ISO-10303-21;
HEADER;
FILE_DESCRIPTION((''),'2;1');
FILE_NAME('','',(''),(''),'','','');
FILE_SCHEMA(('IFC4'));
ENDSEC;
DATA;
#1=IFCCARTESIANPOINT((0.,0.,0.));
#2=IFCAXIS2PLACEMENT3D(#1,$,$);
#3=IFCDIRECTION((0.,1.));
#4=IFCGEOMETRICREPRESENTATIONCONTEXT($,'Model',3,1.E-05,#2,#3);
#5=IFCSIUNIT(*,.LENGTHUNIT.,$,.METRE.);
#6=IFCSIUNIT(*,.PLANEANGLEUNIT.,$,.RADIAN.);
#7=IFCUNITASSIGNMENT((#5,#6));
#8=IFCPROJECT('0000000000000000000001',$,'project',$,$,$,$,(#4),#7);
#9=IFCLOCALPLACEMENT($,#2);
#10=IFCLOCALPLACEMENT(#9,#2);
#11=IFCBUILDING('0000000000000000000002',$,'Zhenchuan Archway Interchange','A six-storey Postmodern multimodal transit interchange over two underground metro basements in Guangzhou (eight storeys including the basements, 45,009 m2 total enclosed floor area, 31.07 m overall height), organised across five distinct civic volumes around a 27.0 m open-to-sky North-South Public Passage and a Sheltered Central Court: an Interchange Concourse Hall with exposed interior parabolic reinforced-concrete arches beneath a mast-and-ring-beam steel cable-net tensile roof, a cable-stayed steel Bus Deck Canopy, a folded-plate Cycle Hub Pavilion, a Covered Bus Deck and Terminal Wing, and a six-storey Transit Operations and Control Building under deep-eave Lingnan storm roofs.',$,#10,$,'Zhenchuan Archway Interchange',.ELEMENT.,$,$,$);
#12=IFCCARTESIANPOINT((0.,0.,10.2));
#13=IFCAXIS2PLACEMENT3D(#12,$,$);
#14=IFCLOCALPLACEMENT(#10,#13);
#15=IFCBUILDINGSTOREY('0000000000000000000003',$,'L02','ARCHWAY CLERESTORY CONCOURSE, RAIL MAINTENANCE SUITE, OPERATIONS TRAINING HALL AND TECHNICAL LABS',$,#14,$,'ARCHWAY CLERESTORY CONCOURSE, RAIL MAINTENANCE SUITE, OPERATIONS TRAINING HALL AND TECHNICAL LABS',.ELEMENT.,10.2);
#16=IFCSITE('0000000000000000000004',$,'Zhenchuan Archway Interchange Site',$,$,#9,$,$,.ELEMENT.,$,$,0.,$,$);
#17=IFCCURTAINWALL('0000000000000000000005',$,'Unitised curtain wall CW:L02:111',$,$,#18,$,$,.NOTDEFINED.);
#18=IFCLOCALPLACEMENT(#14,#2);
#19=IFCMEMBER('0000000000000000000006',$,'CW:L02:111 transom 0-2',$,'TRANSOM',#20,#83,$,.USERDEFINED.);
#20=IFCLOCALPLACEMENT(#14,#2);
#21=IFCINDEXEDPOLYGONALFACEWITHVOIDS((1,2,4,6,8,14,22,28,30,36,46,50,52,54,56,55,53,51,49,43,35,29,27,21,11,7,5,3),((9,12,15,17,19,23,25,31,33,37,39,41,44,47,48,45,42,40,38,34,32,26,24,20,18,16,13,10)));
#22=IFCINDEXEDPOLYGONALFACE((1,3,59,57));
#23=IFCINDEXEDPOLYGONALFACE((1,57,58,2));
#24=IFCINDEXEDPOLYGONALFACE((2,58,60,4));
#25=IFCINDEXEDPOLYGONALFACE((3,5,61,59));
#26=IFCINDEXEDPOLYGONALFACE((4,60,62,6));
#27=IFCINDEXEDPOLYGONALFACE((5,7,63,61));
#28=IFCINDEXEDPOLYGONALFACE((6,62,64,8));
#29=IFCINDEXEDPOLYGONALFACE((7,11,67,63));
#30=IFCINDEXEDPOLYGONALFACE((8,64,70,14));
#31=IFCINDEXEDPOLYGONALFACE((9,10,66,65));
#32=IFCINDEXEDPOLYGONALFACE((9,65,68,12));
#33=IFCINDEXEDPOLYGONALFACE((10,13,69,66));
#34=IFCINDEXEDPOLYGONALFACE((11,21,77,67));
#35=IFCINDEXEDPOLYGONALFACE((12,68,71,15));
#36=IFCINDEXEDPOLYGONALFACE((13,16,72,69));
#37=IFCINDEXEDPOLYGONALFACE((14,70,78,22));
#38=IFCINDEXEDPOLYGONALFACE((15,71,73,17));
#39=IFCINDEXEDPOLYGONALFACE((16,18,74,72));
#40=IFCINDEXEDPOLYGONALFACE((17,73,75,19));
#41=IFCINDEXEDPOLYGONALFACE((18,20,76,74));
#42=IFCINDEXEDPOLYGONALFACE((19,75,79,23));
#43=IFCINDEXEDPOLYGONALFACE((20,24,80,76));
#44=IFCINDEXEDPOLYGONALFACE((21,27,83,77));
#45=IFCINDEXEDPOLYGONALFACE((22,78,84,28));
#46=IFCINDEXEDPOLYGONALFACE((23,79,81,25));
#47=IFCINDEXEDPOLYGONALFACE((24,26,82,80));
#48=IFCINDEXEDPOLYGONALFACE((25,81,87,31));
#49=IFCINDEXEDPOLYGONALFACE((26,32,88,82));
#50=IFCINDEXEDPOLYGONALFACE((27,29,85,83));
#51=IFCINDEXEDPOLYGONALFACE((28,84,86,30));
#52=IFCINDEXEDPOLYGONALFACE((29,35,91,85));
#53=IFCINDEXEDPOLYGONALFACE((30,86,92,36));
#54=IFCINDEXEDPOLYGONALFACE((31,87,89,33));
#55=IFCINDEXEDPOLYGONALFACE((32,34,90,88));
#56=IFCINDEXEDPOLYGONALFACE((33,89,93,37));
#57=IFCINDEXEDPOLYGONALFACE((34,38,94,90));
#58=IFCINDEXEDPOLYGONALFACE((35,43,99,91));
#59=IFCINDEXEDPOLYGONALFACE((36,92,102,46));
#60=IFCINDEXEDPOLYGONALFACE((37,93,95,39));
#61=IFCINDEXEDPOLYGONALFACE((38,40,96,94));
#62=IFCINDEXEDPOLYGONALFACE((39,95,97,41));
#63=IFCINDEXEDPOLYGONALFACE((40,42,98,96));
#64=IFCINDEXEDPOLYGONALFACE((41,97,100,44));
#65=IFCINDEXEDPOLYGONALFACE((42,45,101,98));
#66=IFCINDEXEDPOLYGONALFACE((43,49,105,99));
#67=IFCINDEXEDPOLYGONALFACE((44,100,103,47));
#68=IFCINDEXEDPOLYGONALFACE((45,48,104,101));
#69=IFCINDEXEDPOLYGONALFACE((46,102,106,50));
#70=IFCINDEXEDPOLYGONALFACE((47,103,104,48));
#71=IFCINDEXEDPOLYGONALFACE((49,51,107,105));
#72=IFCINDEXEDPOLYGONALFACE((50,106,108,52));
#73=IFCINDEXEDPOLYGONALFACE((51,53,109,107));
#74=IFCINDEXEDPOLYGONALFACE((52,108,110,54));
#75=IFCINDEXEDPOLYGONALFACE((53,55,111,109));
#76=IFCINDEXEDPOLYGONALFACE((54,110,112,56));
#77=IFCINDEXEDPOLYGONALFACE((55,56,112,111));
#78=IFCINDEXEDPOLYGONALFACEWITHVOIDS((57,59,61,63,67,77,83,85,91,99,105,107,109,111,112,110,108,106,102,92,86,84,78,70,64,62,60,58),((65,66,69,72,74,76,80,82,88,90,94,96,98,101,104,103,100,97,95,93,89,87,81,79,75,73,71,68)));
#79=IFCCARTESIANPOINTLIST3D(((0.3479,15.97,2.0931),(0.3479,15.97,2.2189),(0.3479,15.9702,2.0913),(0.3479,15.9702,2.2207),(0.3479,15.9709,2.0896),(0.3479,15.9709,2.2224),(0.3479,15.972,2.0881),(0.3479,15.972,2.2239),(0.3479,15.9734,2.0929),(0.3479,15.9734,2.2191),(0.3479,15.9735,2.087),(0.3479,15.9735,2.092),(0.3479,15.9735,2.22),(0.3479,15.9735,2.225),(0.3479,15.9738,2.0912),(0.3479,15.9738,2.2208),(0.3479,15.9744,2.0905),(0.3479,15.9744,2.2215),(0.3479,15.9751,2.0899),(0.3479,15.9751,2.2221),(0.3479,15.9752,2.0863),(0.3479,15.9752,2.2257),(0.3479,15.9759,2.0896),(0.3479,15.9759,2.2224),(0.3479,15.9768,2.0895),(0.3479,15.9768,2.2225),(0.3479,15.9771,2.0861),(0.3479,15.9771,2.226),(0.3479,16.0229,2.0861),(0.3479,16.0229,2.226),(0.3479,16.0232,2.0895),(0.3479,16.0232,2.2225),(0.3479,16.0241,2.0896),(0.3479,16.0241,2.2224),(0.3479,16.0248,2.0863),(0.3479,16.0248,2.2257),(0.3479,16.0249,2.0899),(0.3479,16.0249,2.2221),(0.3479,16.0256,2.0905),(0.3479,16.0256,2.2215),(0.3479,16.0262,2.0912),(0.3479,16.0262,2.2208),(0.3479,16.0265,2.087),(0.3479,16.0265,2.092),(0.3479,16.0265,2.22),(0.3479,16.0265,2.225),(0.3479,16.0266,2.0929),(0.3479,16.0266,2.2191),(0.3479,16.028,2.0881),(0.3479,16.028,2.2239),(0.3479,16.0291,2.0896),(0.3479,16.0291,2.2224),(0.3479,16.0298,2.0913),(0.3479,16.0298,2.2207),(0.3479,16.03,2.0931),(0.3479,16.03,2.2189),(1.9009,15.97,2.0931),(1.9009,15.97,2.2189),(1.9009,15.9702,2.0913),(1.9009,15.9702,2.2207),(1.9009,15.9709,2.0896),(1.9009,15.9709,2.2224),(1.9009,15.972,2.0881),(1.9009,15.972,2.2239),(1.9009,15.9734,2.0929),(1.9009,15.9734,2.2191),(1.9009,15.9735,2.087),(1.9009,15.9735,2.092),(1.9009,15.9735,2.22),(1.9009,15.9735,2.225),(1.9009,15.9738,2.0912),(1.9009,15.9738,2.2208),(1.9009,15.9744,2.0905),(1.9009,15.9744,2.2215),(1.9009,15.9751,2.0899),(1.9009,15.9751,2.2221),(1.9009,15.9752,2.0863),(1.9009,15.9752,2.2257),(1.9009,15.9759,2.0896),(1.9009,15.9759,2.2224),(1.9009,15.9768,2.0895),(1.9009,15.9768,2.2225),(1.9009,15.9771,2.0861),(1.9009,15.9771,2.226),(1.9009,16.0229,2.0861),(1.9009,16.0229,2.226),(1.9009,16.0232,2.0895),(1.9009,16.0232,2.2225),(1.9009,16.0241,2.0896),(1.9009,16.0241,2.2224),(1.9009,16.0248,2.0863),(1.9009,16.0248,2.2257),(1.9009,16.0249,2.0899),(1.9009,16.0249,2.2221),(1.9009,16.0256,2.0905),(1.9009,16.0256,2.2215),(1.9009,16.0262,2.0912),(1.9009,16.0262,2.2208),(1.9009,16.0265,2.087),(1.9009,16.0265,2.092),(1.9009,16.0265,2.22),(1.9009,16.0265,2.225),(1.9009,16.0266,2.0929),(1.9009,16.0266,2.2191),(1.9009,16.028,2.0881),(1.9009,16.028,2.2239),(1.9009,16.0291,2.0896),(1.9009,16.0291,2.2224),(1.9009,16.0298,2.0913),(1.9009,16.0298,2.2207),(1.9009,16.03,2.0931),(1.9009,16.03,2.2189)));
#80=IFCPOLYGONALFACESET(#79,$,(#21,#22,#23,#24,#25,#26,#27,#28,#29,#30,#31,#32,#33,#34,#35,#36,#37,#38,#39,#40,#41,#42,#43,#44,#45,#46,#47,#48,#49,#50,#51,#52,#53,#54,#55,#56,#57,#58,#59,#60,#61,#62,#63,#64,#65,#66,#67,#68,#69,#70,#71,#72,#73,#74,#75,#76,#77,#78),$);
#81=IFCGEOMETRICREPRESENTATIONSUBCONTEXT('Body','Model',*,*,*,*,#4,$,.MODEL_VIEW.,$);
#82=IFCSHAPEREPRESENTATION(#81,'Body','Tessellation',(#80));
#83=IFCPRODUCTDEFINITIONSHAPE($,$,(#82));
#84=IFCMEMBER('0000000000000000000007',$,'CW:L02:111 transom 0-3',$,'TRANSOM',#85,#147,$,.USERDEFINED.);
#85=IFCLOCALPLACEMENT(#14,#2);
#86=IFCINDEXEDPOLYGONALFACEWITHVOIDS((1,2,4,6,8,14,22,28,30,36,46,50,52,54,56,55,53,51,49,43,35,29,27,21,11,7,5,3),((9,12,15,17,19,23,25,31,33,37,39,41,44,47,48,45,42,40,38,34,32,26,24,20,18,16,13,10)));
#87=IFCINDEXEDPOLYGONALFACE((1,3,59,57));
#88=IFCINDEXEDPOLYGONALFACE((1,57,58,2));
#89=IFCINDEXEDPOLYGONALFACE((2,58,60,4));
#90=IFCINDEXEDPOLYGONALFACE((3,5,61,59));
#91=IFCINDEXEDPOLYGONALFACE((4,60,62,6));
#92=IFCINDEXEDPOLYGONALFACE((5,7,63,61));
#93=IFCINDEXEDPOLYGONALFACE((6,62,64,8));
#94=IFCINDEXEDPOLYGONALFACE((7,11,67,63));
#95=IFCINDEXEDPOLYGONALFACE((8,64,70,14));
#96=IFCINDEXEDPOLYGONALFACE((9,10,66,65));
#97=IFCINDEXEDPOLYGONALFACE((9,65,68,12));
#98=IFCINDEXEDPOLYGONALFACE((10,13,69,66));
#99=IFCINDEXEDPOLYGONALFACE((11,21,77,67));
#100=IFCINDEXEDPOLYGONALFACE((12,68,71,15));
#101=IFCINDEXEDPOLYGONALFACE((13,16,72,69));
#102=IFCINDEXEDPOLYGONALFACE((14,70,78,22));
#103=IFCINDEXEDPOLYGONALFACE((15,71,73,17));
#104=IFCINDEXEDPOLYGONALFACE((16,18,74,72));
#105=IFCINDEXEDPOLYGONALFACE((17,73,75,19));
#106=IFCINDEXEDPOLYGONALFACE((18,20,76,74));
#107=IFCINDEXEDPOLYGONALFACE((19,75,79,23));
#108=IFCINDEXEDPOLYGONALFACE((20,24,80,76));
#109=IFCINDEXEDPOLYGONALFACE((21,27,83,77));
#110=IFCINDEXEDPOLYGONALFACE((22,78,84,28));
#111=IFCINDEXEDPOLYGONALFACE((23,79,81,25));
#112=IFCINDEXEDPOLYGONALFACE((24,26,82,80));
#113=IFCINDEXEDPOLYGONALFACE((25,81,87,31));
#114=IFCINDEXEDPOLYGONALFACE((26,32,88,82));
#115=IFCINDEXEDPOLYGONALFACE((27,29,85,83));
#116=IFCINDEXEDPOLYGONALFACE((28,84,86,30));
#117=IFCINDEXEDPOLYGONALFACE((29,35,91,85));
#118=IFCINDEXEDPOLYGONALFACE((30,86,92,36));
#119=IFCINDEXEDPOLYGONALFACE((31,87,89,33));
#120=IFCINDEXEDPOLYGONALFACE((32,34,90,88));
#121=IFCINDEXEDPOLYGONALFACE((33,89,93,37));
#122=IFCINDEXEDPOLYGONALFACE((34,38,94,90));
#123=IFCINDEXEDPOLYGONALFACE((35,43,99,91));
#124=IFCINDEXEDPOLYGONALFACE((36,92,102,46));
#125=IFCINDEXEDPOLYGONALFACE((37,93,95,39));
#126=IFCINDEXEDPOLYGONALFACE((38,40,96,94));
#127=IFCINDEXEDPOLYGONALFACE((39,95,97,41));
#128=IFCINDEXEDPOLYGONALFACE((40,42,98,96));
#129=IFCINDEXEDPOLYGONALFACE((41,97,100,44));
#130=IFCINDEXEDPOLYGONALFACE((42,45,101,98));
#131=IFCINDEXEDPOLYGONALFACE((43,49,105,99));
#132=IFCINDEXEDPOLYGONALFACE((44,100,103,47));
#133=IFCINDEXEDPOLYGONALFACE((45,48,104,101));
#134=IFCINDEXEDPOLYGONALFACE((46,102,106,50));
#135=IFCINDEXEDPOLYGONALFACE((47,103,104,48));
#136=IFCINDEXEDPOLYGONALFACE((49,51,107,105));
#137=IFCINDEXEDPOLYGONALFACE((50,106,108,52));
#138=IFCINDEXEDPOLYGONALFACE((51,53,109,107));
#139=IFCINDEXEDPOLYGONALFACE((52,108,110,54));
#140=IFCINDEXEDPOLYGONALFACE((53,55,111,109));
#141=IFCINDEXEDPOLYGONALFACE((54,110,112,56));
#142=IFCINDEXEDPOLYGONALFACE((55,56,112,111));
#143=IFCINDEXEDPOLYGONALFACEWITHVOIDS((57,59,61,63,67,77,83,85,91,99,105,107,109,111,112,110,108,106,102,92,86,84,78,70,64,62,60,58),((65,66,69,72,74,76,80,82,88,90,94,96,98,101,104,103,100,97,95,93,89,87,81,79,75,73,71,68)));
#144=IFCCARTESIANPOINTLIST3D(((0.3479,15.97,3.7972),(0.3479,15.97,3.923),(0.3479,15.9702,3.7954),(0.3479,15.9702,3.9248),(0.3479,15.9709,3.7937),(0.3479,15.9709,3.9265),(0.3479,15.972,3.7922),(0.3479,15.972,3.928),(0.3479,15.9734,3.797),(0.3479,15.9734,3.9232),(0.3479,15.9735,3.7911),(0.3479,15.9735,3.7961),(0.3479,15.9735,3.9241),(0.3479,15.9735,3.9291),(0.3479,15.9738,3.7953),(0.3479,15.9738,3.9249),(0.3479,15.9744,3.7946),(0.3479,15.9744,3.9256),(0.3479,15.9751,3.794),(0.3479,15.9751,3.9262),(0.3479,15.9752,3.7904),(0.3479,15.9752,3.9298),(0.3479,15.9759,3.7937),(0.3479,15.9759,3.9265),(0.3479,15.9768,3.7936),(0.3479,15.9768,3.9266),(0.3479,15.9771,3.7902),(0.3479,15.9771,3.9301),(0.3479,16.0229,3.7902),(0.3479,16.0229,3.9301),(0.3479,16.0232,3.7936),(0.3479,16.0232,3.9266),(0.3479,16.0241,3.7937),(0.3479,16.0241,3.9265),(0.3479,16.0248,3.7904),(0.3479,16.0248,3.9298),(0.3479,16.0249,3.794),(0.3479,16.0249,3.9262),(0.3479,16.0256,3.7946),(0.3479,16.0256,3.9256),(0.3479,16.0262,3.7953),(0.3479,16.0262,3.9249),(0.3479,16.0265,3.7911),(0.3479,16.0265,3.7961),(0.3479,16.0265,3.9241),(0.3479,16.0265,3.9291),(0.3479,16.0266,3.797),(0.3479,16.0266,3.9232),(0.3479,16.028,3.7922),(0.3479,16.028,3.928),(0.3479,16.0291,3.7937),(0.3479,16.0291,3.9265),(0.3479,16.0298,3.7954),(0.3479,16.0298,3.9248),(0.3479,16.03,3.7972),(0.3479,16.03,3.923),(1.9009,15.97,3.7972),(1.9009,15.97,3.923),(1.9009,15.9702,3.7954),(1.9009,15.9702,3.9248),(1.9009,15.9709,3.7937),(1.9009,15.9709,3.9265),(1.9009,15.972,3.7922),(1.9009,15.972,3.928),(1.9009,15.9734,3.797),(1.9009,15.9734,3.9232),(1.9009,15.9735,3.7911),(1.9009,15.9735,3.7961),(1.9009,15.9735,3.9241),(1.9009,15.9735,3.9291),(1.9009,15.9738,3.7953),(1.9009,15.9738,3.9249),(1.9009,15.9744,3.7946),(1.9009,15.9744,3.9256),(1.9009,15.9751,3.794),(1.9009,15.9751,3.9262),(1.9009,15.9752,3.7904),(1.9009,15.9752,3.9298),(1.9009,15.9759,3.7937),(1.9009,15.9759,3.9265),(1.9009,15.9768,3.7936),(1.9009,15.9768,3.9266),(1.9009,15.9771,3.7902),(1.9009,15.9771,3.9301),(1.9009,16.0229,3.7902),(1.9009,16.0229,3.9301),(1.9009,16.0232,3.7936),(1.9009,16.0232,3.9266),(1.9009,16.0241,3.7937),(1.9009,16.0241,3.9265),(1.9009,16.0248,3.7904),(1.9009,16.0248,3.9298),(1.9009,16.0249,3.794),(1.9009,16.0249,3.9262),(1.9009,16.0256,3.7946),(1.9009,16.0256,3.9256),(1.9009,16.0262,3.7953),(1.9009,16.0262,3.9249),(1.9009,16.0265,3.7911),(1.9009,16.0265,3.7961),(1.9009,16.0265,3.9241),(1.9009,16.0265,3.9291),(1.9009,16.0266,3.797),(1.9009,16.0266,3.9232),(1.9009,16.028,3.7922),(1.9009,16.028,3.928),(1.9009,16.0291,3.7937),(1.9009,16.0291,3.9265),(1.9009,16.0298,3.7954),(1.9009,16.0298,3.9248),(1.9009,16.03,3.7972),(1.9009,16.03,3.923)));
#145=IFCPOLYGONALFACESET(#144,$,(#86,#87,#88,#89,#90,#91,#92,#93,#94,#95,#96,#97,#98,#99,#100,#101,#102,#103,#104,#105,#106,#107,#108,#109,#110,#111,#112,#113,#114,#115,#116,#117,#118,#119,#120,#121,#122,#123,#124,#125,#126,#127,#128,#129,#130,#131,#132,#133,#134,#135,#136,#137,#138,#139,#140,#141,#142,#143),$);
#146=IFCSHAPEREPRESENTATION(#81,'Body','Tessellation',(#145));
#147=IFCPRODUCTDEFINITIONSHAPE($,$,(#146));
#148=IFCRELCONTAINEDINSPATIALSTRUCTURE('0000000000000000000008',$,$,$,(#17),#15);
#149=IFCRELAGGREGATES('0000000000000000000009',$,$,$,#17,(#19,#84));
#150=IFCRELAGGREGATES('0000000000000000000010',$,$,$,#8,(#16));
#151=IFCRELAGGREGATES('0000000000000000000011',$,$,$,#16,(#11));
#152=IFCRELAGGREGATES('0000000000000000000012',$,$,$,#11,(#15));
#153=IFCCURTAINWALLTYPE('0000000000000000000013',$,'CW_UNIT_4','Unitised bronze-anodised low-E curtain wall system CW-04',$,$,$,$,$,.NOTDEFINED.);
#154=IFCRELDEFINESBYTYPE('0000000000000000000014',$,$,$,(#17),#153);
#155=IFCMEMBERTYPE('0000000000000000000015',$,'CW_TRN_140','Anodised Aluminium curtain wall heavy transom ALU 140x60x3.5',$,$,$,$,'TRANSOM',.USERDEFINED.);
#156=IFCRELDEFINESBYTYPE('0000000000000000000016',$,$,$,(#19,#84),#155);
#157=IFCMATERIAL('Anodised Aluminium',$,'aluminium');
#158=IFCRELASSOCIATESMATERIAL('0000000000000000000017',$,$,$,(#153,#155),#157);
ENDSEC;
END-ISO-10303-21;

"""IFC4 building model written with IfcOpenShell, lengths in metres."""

from ifc_helpers import new_model, si_unit, direction, frame, origin, origin_2d, place, context, subcontext, project, spatial, hollow_rectangle, extrude, material, material_profile, profile_set, type_object, element, aggregate, save


model = new_model("IFC4")

# Units and contexts
model_context = context("Model", 3, precision=1e-05, world=origin(), true_north=direction((0.0, 1.0)))
body_context = subcontext(model_context, "Body", "Model", "MODEL_VIEW")
ifc_project = project(units=[si_unit("LENGTHUNIT", "METRE"), si_unit("PLANEANGLEUNIT", "RADIAN")], contexts=[model_context])

# Site, building, storey
site_placement = place(None, origin())
site = spatial("IfcSite", under=ifc_project, at=site_placement, Name="Zhenchuan Archway Interchange Site", CompositionType="ELEMENT", RefElevation=0.0)
building_placement = place(site_placement, origin())
building = spatial("IfcBuilding", under=site, at=building_placement, Name="Zhenchuan Archway Interchange", Description="A six-storey Postmodern multimodal transit interchange over two underground metro basements in Guangzhou (eight storeys including the basements, 45,009 m2 total enclosed floor area, 31.07 m overall height), organised across five distinct civic volumes around a 27.0 m open-to-sky North-South Public Passage and a Sheltered Central Court: an Interchange Concourse Hall with exposed interior parabolic reinforced-concrete arches beneath a mast-and-ring-beam steel cable-net tensile roof, a cable-stayed steel Bus Deck Canopy, a folded-plate Cycle Hub Pavilion, a Covered Bus Deck and Terminal Wing, and a six-storey Transit Operations and Control Building under deep-eave Lingnan storm roofs.", LongName="Zhenchuan Archway Interchange", CompositionType="ELEMENT")
storey_placement = place(building_placement, frame((0.0, 0.0, 10.2)))
storey = spatial("IfcBuildingStorey", under=building, at=storey_placement, Name="L02", Description="ARCHWAY CLERESTORY CONCOURSE, RAIL MAINTENANCE SUITE, OPERATIONS TRAINING HALL AND TECHNICAL LABS", LongName="ARCHWAY CLERESTORY CONCOURSE, RAIL MAINTENANCE SUITE, OPERATIONS TRAINING HALL AND TECHNICAL LABS", CompositionType="ELEMENT", Elevation=10.2)

# Curtain wall
ifc_material_1 = material(Name="Anodised Aluminium", Category="aluminium")
curtain_wall_type_1 = type_object("IfcCurtainWallType", Name="CW_UNIT_4", Description="Unitised bronze-anodised low-E curtain wall system CW-04", PredefinedType="NOTDEFINED", material=ifc_material_1)
curtain_wall_1_placement = place(storey_placement, origin())
curtain_wall_1 = element("IfcCurtainWall", 1, at=curtain_wall_1_placement, inside=storey, type_object=curtain_wall_type_1, Name="Unitised curtain wall CW:L02:111", PredefinedType="NOTDEFINED")

# Members
ifc_material_profile_1 = material_profile(ifc_material_1, hollow_rectangle(XDim=0.0601, YDim=0.1399, WallThickness=0.0034, InnerFilletRadius=0.0034, OuterFilletRadius=0.0071, at=origin_2d()), Name="ALU 140x60x3.5")
ifc_profile_set_1 = profile_set([ifc_material_profile_1], Name="Anodised Aluminium")
member_type_1 = type_object("IfcMemberType", Name="CW_TRN_140", Description="Anodised Aluminium curtain wall heavy transom ALU 140x60x3.5", ElementType="TRANSOM", PredefinedType="USERDEFINED", material=ifc_profile_set_1)
member_1_placement = place(storey_placement, frame((0.3479, 16.0, 2.156), z_axis=(1.0, 0.0, 0.0), x_axis=(0.0, 1.0, 0.0)))
member_1 = element("IfcMember", 2, at=member_1_placement, type_object=member_type_1, Name="CW:L02:111 transom 0-2", ObjectType="TRANSOM", PredefinedType="USERDEFINED", context=body_context, shape_type="SweptSolid", body=[
    extrude(hollow_rectangle(XDim=0.0601, YDim=0.1399, WallThickness=0.0034, InnerFilletRadius=0.0034, OuterFilletRadius=0.0071, at=origin_2d()), origin(), (0.0, 0.0, 1.0), 1.553),
])
member_2_placement = place(storey_placement, frame((0.3479, 16.0, 3.8601), z_axis=(1.0, 0.0, 0.0), x_axis=(0.0, 1.0, 0.0)))
member_2 = element("IfcMember", 3, at=member_2_placement, type_object=member_type_1, Name="CW:L02:111 transom 0-3", ObjectType="TRANSOM", PredefinedType="USERDEFINED", context=body_context, shape_type="SweptSolid", body=[
    extrude(hollow_rectangle(XDim=0.0601, YDim=0.1399, WallThickness=0.0034, InnerFilletRadius=0.0034, OuterFilletRadius=0.0071, at=origin_2d()), origin(), (0.0, 0.0, 1.0), 1.553),
])

aggregate(curtain_wall_1, [member_1, member_2])

save(model, "model.ifc")
